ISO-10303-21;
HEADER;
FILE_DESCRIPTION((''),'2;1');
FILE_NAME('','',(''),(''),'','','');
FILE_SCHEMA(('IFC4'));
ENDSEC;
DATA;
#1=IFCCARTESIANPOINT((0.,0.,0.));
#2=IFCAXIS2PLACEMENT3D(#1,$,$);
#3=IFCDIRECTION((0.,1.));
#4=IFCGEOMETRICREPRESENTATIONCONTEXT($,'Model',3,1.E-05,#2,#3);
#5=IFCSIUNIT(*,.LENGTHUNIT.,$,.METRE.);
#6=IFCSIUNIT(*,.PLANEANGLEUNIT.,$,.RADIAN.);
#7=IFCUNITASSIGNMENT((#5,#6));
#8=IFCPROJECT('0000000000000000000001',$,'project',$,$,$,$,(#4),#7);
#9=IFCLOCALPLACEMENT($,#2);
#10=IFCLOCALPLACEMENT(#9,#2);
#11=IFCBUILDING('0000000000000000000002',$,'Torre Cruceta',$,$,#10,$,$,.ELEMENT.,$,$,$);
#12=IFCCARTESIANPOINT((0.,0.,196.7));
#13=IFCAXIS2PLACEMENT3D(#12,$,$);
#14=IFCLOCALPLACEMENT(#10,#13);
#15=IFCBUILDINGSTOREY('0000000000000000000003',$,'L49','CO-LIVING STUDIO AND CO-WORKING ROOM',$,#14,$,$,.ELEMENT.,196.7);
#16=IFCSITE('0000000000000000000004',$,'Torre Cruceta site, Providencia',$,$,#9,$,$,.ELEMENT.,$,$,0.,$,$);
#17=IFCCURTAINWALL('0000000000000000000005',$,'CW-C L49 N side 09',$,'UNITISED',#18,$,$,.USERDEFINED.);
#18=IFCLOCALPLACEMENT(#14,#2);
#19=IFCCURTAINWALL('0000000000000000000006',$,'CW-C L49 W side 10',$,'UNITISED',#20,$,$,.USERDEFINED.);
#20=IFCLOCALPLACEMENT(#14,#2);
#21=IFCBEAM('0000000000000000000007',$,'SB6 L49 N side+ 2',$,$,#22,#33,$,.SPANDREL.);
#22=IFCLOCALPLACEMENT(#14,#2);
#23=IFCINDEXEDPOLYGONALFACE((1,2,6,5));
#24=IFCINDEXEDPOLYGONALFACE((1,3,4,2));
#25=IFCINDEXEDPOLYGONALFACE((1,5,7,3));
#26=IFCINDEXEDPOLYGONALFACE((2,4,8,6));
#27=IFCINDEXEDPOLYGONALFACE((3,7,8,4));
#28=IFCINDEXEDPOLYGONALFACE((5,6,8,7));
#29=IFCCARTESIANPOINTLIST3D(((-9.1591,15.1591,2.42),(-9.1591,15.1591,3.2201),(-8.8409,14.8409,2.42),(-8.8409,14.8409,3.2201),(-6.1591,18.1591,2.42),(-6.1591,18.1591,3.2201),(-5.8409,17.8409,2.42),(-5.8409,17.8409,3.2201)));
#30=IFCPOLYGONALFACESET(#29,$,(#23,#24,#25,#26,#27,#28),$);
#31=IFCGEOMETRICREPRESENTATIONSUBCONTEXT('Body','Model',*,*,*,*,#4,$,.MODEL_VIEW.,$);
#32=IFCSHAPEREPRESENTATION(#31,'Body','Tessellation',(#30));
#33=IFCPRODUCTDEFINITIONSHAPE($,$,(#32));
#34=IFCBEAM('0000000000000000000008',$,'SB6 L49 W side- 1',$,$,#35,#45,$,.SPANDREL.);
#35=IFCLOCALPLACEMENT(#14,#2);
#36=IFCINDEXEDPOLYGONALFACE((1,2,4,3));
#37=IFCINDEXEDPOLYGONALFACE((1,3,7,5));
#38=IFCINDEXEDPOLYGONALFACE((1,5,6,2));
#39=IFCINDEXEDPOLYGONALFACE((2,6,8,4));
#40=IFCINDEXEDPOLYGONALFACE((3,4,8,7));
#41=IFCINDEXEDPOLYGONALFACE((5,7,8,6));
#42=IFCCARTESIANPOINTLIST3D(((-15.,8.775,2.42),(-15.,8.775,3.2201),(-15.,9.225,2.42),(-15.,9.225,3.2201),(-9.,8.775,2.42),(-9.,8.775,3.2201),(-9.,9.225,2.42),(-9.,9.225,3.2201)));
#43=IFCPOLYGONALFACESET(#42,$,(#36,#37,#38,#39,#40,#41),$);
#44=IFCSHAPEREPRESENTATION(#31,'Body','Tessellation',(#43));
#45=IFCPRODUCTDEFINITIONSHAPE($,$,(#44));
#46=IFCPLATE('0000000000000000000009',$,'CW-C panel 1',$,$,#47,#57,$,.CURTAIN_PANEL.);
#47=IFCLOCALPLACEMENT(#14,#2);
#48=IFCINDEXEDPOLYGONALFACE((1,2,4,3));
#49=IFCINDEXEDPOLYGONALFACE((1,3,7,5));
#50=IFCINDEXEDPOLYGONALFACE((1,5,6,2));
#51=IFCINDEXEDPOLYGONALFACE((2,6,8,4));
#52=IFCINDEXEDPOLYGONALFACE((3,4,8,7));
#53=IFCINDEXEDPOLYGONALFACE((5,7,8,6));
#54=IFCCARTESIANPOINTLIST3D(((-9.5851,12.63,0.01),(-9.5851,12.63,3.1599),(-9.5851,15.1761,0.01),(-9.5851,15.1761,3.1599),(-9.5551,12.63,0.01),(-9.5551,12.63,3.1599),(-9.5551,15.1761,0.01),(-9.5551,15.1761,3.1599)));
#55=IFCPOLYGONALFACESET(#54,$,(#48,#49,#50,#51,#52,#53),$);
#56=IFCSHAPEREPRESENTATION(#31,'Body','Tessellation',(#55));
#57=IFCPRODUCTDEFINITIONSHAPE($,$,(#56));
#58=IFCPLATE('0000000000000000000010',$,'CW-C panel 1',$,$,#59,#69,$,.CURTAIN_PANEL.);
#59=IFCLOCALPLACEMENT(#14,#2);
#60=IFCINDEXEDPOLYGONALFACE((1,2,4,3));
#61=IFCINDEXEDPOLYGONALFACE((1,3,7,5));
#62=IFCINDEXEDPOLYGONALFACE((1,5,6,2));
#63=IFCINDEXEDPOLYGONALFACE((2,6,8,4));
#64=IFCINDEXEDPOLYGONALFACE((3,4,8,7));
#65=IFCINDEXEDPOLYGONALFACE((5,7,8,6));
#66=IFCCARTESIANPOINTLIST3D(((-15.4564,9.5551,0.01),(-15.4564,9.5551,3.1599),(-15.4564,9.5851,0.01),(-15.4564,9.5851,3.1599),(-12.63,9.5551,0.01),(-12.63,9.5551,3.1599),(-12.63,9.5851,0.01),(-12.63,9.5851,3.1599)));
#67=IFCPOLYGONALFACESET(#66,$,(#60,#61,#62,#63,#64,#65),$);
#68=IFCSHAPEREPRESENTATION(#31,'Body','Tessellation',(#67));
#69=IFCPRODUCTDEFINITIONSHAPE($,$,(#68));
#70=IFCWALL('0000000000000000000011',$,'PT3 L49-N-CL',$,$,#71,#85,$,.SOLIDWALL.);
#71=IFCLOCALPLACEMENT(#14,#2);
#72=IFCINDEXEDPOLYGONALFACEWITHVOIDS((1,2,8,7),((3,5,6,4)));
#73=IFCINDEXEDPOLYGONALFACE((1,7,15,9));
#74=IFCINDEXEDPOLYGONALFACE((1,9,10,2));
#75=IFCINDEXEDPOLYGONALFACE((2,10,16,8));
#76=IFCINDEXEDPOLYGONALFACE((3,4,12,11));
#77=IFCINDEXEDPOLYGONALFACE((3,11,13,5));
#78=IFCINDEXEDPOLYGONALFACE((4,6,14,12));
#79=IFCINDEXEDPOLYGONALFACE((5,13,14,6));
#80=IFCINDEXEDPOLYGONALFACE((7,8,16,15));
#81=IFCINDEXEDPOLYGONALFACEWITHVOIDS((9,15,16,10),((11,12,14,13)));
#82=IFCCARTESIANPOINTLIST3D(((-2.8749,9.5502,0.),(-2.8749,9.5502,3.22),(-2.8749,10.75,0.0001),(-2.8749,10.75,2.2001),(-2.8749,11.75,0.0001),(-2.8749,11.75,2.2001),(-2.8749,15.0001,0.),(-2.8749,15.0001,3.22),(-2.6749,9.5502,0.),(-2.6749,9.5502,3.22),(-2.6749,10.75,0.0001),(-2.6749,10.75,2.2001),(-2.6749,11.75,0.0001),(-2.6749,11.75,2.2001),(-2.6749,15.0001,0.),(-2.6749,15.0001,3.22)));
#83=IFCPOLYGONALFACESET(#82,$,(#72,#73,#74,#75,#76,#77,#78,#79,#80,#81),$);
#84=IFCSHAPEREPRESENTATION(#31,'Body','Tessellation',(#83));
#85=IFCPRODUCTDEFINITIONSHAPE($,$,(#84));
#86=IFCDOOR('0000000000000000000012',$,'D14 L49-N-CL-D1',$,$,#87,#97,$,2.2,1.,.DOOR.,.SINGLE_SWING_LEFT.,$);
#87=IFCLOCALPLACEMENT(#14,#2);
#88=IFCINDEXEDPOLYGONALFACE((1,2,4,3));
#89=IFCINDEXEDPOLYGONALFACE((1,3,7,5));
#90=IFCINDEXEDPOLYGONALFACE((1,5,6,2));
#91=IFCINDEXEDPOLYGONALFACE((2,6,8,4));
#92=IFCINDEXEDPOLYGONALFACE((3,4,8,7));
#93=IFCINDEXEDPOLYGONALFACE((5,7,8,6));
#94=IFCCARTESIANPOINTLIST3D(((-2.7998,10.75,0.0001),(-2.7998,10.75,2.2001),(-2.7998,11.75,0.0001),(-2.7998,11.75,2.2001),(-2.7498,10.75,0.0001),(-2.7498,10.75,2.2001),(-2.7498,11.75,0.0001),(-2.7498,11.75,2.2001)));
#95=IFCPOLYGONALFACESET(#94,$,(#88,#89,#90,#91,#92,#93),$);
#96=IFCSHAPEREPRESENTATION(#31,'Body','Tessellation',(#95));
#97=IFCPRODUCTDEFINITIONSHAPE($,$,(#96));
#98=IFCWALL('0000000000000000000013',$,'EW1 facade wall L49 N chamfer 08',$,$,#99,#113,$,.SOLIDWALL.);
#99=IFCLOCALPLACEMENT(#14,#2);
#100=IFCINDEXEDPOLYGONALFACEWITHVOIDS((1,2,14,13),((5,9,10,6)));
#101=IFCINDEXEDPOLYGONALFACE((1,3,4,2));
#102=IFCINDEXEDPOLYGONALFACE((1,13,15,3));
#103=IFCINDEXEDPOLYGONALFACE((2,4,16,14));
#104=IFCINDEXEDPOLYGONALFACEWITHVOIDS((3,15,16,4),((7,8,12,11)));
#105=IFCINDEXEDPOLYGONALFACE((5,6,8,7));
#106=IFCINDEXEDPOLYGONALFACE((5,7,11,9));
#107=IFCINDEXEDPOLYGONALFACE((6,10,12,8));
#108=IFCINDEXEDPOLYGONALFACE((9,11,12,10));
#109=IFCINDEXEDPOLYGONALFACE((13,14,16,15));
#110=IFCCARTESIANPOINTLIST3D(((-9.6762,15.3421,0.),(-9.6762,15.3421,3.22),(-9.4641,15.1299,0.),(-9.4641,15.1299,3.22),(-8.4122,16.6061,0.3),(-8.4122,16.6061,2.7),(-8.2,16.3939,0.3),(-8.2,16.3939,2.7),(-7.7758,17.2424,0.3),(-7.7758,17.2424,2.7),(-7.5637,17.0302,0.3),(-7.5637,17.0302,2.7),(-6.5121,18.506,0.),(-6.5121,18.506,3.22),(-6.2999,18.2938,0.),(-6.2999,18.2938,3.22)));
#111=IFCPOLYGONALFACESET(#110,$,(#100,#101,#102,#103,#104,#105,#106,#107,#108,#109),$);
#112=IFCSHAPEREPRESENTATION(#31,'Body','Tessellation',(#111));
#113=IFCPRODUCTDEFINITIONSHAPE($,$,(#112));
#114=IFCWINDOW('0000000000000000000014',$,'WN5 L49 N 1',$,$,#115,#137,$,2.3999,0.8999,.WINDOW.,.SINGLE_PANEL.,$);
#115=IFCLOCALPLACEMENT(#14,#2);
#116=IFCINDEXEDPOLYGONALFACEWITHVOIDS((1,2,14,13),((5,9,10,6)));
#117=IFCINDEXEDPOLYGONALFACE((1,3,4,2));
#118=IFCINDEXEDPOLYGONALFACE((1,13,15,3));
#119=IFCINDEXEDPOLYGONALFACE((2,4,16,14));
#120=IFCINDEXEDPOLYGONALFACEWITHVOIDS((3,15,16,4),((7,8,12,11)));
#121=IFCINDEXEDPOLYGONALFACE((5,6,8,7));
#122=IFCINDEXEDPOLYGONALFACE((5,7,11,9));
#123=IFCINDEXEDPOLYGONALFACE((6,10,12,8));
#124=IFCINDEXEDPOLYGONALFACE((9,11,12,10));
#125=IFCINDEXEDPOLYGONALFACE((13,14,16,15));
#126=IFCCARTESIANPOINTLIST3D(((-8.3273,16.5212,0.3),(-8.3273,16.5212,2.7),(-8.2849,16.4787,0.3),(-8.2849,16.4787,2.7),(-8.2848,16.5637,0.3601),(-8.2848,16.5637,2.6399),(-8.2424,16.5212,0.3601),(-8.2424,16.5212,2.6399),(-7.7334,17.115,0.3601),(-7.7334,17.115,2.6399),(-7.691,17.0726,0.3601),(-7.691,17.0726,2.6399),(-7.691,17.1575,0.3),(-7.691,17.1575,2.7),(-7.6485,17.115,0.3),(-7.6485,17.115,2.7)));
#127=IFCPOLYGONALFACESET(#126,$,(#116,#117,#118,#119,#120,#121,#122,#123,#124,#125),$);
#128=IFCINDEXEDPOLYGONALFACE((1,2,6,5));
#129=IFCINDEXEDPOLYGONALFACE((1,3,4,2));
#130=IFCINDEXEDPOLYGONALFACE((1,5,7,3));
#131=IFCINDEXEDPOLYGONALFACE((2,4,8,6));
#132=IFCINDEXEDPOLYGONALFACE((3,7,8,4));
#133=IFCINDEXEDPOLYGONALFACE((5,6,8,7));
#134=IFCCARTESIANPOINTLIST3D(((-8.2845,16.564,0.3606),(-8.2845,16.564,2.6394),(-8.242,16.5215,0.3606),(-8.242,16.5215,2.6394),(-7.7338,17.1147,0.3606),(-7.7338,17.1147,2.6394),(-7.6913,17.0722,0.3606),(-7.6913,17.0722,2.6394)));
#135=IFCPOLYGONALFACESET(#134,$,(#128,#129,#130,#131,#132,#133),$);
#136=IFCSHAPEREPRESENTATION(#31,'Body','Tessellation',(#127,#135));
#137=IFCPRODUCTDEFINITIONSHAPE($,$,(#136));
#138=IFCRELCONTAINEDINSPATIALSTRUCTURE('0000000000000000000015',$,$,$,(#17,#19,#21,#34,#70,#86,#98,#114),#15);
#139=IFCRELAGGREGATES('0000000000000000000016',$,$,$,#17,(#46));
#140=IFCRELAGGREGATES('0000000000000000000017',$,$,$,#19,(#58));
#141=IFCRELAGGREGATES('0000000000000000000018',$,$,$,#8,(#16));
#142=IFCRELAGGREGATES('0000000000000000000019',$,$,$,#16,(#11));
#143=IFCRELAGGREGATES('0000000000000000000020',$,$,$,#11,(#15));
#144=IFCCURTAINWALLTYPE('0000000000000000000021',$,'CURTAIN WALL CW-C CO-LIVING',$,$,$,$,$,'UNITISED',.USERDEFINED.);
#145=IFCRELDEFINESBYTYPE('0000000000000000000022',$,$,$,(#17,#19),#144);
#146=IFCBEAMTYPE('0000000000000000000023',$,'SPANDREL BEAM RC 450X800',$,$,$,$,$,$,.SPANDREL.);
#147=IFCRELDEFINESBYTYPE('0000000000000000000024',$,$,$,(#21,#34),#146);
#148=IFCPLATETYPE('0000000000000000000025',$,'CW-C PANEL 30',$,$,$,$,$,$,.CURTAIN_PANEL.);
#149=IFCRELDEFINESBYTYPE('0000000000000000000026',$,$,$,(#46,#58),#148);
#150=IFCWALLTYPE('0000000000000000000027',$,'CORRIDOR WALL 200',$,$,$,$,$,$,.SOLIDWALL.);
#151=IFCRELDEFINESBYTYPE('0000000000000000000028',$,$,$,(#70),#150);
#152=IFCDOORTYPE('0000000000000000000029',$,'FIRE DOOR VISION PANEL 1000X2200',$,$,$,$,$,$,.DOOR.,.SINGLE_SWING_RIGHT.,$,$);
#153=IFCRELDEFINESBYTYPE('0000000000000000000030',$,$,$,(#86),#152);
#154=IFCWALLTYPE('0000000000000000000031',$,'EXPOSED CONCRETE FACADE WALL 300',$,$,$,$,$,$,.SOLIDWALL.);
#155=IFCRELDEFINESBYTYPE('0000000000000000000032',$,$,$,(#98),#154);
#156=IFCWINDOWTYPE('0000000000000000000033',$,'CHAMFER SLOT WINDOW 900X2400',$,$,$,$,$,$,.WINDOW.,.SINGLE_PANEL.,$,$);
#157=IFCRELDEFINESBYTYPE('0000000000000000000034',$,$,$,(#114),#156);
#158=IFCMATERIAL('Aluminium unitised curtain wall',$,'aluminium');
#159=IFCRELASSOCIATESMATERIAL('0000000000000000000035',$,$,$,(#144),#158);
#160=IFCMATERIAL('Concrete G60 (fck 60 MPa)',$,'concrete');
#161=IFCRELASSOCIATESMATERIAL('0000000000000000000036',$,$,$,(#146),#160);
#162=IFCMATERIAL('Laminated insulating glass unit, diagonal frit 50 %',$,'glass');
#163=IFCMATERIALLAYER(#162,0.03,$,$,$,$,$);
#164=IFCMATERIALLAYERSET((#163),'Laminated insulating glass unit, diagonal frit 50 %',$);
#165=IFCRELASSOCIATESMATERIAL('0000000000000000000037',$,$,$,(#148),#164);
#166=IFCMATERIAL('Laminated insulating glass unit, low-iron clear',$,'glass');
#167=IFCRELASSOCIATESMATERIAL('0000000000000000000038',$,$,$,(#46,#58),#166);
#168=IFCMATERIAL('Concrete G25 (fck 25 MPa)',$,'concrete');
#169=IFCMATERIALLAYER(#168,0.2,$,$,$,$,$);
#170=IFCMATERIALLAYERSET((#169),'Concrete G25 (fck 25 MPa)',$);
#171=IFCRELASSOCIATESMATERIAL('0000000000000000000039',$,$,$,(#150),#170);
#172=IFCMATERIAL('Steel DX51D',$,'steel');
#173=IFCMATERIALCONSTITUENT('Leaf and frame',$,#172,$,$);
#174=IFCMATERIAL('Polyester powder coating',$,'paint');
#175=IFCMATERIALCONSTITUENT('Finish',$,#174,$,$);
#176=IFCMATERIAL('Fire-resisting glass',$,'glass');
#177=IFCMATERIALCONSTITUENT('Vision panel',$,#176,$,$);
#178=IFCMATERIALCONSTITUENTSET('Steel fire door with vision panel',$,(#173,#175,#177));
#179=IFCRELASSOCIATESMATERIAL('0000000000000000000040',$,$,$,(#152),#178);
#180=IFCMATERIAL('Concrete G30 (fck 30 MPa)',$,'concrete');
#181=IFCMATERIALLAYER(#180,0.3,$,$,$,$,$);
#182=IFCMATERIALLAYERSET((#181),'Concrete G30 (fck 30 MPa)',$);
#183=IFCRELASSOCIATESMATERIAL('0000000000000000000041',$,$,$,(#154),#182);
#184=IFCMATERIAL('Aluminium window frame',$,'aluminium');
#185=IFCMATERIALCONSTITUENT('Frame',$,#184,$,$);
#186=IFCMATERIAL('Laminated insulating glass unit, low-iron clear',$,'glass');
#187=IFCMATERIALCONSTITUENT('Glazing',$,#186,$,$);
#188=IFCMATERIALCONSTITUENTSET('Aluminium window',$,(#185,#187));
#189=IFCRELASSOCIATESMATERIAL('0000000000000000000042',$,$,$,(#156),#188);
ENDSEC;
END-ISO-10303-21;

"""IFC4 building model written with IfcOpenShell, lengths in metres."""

from ifc_helpers import new_model, si_unit, direction, frame, frame_2d, origin, origin_2d, place, context, subcontext, project, spatial, rectangle, hollow_rectangle, extrude, material, layer, layer_set, constituent, constituent_set, material_profile, profile_set, type_object, element, fill, aggregate, save


model = new_model("IFC4")

# Units and contexts
model_context = context("Model", 3, precision=1e-05, world=origin(), true_north=direction((0.0, 1.0)))
body_context = subcontext(model_context, "Body", "Model", "MODEL_VIEW")
ifc_project = project(units=[si_unit("LENGTHUNIT", "METRE"), si_unit("PLANEANGLEUNIT", "RADIAN")], contexts=[model_context])

# Site, building, storey
site_placement = place(None, origin())
site = spatial("IfcSite", under=ifc_project, at=site_placement, Name="Torre Cruceta site, Providencia", CompositionType="ELEMENT", RefElevation=0.0)
building_placement = place(site_placement, origin())
building = spatial("IfcBuilding", under=site, at=building_placement, Name="Torre Cruceta", CompositionType="ELEMENT")
storey_placement = place(building_placement, frame((0.0, 0.0, 196.7)))
storey = spatial("IfcBuildingStorey", under=building, at=storey_placement, Name="L49", Description="CO-LIVING STUDIO AND CO-WORKING ROOM", CompositionType="ELEMENT", Elevation=196.7)

# Curtain wall
ifc_material_1 = material(Name="Aluminium unitised curtain wall", Category="aluminium")
curtain_wall_type = type_object("IfcCurtainWallType", Name="CURTAIN WALL CW-C CO-LIVING", ElementType="UNITISED", PredefinedType="USERDEFINED", material=ifc_material_1)
curtain_wall_1_placement = place(storey_placement, origin())
curtain_wall_1 = element("IfcCurtainWall", 1, at=curtain_wall_1_placement, inside=storey, type_object=curtain_wall_type, Name="CW-C L49 N side 09", ObjectType="UNITISED", PredefinedType="USERDEFINED")

# Curtain wall
curtain_wall_2_placement = place(storey_placement, origin())
curtain_wall_2 = element("IfcCurtainWall", 2, at=curtain_wall_2_placement, inside=storey, type_object=curtain_wall_type, Name="CW-C L49 W side 10", ObjectType="UNITISED", PredefinedType="USERDEFINED")

# Beams
ifc_material_2 = material(Name="Concrete G60 (fck 60 MPa)", Category="concrete")
ifc_material_profile_1 = material_profile(ifc_material_2, rectangle(XDim=0.45, YDim=0.8, at=origin_2d()), Name="RC 450X800")
ifc_profile_set_1 = profile_set([ifc_material_profile_1], Name="Concrete G60 (fck 60 MPa)")
beam_type_1 = type_object("IfcBeamType", Name="SPANDREL BEAM RC 450X800", PredefinedType="SPANDREL", material=ifc_profile_set_1)
beam_1_placement = place(storey_placement, frame((-9.0, 15.0, 2.8201), z_axis=(0.707107, 0.707107, 0.0), x_axis=(-0.707107, 0.707107, 0.0)))
element("IfcBeam", 3, at=beam_1_placement, inside=storey, type_object=beam_type_1, Name="SB6 L49 N side+ 2", PredefinedType="SPANDREL", context=body_context, shape_type="SweptSolid", body=[
    extrude(rectangle(XDim=0.45, YDim=0.8, at=origin_2d()), origin(), (0.0, 0.0, 1.0), 4.2427),
])
beam_2_placement = place(storey_placement, frame((-9.0, 9.0, 2.8201), z_axis=(-1.0, 0.0, 0.0), x_axis=(0.0, -1.0, 0.0)))
element("IfcBeam", 4, at=beam_2_placement, inside=storey, type_object=beam_type_1, Name="SB6 L49 W side- 1", PredefinedType="SPANDREL", context=body_context, shape_type="SweptSolid", body=[
    extrude(rectangle(XDim=0.45, YDim=0.8, at=origin_2d()), origin(), (0.0, 0.0, 1.0), 6.0),
])

# Plates
ifc_material_3 = material(Name="Laminated insulating glass unit, low-iron clear", Category="glass")
ifc_material_4 = material(Name="Laminated insulating glass unit, diagonal frit 50 %", Category="glass")
ifc_layer_1 = layer(ifc_material_4, 0.03)
ifc_layer_set_1 = layer_set([ifc_layer_1], Name="Laminated insulating glass unit, diagonal frit 50 %")
plate_type = type_object("IfcPlateType", Name="CW-C PANEL 30", PredefinedType="CURTAIN_PANEL", material=ifc_layer_set_1)
plate_1_placement = place(storey_placement, frame((-9.5701, 13.9031, 0.01), z_axis=(0.0, 0.0, 1.0), x_axis=(0.0, -1.0, 0.0)))
plate_1 = element("IfcPlate", 5, at=plate_1_placement, type_object=plate_type, material=ifc_material_3, Name="CW-C panel 1", PredefinedType="CURTAIN_PANEL", context=body_context, shape_type="SweptSolid", body=[
    extrude(rectangle(XDim=2.5461, YDim=0.03, at=origin_2d()), origin(), (0.0, 0.0, 1.0), 3.1499),
])
aggregate(curtain_wall_1, [plate_1])
plate_2_placement = place(storey_placement, frame((-14.0432, 9.5701, 0.01), z_axis=(0.0, 0.0, 1.0), x_axis=(-1.0, 0.0, 0.0)))
plate_2 = element("IfcPlate", 6, at=plate_2_placement, type_object=plate_type, material=ifc_material_3, Name="CW-C panel 1", PredefinedType="CURTAIN_PANEL", context=body_context, shape_type="SweptSolid", body=[
    extrude(rectangle(XDim=2.8264, YDim=0.03, at=origin_2d()), origin(), (0.0, 0.0, 1.0), 3.1499),
])
aggregate(curtain_wall_2, [plate_2])

# Wall, opening, door
ifc_material_5 = material(Name="Concrete G25 (fck 25 MPa)", Category="concrete")
ifc_layer_2 = layer(ifc_material_5, 0.2)
ifc_layer_set_2 = layer_set([ifc_layer_2], Name="Concrete G25 (fck 25 MPa)")
wall_type_1 = type_object("IfcWallType", Name="CORRIDOR WALL 200", PredefinedType="SOLIDWALL", material=ifc_layer_set_2)
wall_1_placement = place(storey_placement, frame((-2.7749, 9.55, 0.0), z_axis=(0.0, 0.0, 1.0), x_axis=(0.0, 1.0, 0.0)))
wall_1 = element("IfcWall", 7, at=wall_1_placement, inside=storey, type_object=wall_type_1, Name="PT3 L49-N-CL", PredefinedType="SOLIDWALL", context=body_context, shape_type="SweptSolid", body=[
    extrude(rectangle(XDim=5.45, YDim=0.2, at=frame_2d((2.7251, 0.0))), origin(), (0.0, 0.0, 1.0), 3.22),
])
opening_1_placement = place(wall_1_placement, frame((1.2, 0.0, 0.0)))
opening_1 = element("IfcOpeningElement", 8, at=opening_1_placement, cuts=wall_1, PredefinedType="OPENING", context=body_context, shape_type="SweptSolid", body=[
    extrude(rectangle(XDim=1.0, YDim=2.2, at=frame_2d((0.5, 1.1001))), frame((0.0, 0.1099, 0.0), z_axis=(0.0, -1.0, 0.0), x_axis=(1.0, 0.0, 0.0)), (0.0, 0.0, 1.0), 0.22),
])
ifc_material_6 = material(Name="Steel DX51D", Category="steel")
ifc_constituent_1 = constituent(ifc_material_6, Name="Leaf and frame")
ifc_material_7 = material(Name="Polyester powder coating", Category="paint")
ifc_constituent_2 = constituent(ifc_material_7, Name="Finish")
ifc_material_8 = material(Name="Fire-resisting glass", Category="glass")
ifc_constituent_3 = constituent(ifc_material_8, Name="Vision panel")
ifc_constituent_set_1 = constituent_set(constituents=[ifc_constituent_1, ifc_constituent_2, ifc_constituent_3], Name="Steel fire door with vision panel")
door_type_1 = type_object("IfcDoorType", Name="FIRE DOOR VISION PANEL 1000X2200", OperationType="SINGLE_SWING_RIGHT", PredefinedType="DOOR", material=ifc_constituent_set_1)
door_1_placement = place(opening_1_placement, origin())
door_1 = element("IfcDoor", 9, at=door_1_placement, inside=storey, type_object=door_type_1, Name="D14 L49-N-CL-D1", OperationType="SINGLE_SWING_LEFT", OverallHeight=2.2, OverallWidth=1.0, PredefinedType="DOOR", context=body_context, shape_type="SweptSolid", body=[
    extrude(rectangle(XDim=1.0, YDim=2.2, at=frame_2d((0.5, 1.1001))), frame((0.0, 0.0249, 0.0), z_axis=(0.0, -1.0, 0.0), x_axis=(1.0, 0.0, 0.0)), (0.0, 0.0, 1.0), 0.05),
])
fill(opening_1, door_1)

# Wall, opening, window
ifc_material_9 = material(Name="Concrete G30 (fck 30 MPa)", Category="concrete")
ifc_layer_3 = layer(ifc_material_9, 0.3)
ifc_layer_set_3 = layer_set([ifc_layer_3], Name="Concrete G30 (fck 30 MPa)")
wall_type_2 = type_object("IfcWallType", Name="EXPOSED CONCRETE FACADE WALL 300", PredefinedType="SOLIDWALL", material=ifc_layer_set_3)
wall_2_placement = place(storey_placement, frame((-6.406, 18.3999, 0.0), z_axis=(0.0, 0.0, 1.0), x_axis=(-0.707134, -0.707079, 0.0)))
wall_2 = element("IfcWall", 10, at=wall_2_placement, inside=storey, type_object=wall_type_2, Name="EW1 facade wall L49 N chamfer 08", PredefinedType="SOLIDWALL", context=body_context, shape_type="SweptSolid", body=[
    extrude(rectangle(XDim=4.4746, YDim=0.3, at=frame_2d((2.2373, 0.0))), origin(), (0.0, 0.0, 1.0), 3.22),
])
opening_2_placement = place(wall_2_placement, frame((1.7871, 0.0, 0.3)))
opening_2 = element("IfcOpeningElement", 11, at=opening_2_placement, cuts=wall_2, PredefinedType="OPENING", context=body_context, shape_type="SweptSolid", body=[
    extrude(rectangle(XDim=0.8999, YDim=2.3999, at=frame_2d((0.45, 1.2))), frame((0.0, 0.1599, 0.0), z_axis=(0.0, -1.0, 0.0), x_axis=(1.0, 0.0, 0.0)), (0.0, 0.0, 1.0), 0.3201),
])
ifc_material_10 = material(Name="Aluminium window frame", Category="aluminium")
ifc_constituent_4 = constituent(ifc_material_10, Name="Frame")
ifc_material_11 = material(Name="Laminated insulating glass unit, low-iron clear", Category="glass")
ifc_constituent_5 = constituent(ifc_material_11, Name="Glazing")
ifc_constituent_set_2 = constituent_set(constituents=[ifc_constituent_4, ifc_constituent_5], Name="Aluminium window")
window_type = type_object("IfcWindowType", Name="CHAMFER SLOT WINDOW 900X2400", PartitioningType="SINGLE_PANEL", PredefinedType="WINDOW", material=ifc_constituent_set_2)
window_placement = place(opening_2_placement, origin())
window = element("IfcWindow", 12, at=window_placement, inside=storey, type_object=window_type, Name="WN5 L49 N 1", OverallHeight=2.3999, OverallWidth=0.8999, PartitioningType="SINGLE_PANEL", PredefinedType="WINDOW", context=body_context, shape_type="SweptSolid", body=[
    extrude(hollow_rectangle(XDim=0.8999, YDim=2.3999, WallThickness=0.0601, at=frame_2d((0.45, 1.2))), frame((0.0, 0.03, 0.0), z_axis=(0.0, -1.0, 0.0), x_axis=(1.0, 0.0, 0.0)), (0.0, 0.0, 1.0), 0.0601),
    extrude(rectangle(XDim=0.7788, YDim=2.2788, at=frame_2d((0.45, 1.2))), frame((0.0, 0.03, 0.0), z_axis=(0.0, -1.0, 0.0), x_axis=(1.0, 0.0, 0.0)), (0.0, 0.0, 1.0), 0.0601),
])
fill(opening_2, window)

save(model, "model.ifc")
